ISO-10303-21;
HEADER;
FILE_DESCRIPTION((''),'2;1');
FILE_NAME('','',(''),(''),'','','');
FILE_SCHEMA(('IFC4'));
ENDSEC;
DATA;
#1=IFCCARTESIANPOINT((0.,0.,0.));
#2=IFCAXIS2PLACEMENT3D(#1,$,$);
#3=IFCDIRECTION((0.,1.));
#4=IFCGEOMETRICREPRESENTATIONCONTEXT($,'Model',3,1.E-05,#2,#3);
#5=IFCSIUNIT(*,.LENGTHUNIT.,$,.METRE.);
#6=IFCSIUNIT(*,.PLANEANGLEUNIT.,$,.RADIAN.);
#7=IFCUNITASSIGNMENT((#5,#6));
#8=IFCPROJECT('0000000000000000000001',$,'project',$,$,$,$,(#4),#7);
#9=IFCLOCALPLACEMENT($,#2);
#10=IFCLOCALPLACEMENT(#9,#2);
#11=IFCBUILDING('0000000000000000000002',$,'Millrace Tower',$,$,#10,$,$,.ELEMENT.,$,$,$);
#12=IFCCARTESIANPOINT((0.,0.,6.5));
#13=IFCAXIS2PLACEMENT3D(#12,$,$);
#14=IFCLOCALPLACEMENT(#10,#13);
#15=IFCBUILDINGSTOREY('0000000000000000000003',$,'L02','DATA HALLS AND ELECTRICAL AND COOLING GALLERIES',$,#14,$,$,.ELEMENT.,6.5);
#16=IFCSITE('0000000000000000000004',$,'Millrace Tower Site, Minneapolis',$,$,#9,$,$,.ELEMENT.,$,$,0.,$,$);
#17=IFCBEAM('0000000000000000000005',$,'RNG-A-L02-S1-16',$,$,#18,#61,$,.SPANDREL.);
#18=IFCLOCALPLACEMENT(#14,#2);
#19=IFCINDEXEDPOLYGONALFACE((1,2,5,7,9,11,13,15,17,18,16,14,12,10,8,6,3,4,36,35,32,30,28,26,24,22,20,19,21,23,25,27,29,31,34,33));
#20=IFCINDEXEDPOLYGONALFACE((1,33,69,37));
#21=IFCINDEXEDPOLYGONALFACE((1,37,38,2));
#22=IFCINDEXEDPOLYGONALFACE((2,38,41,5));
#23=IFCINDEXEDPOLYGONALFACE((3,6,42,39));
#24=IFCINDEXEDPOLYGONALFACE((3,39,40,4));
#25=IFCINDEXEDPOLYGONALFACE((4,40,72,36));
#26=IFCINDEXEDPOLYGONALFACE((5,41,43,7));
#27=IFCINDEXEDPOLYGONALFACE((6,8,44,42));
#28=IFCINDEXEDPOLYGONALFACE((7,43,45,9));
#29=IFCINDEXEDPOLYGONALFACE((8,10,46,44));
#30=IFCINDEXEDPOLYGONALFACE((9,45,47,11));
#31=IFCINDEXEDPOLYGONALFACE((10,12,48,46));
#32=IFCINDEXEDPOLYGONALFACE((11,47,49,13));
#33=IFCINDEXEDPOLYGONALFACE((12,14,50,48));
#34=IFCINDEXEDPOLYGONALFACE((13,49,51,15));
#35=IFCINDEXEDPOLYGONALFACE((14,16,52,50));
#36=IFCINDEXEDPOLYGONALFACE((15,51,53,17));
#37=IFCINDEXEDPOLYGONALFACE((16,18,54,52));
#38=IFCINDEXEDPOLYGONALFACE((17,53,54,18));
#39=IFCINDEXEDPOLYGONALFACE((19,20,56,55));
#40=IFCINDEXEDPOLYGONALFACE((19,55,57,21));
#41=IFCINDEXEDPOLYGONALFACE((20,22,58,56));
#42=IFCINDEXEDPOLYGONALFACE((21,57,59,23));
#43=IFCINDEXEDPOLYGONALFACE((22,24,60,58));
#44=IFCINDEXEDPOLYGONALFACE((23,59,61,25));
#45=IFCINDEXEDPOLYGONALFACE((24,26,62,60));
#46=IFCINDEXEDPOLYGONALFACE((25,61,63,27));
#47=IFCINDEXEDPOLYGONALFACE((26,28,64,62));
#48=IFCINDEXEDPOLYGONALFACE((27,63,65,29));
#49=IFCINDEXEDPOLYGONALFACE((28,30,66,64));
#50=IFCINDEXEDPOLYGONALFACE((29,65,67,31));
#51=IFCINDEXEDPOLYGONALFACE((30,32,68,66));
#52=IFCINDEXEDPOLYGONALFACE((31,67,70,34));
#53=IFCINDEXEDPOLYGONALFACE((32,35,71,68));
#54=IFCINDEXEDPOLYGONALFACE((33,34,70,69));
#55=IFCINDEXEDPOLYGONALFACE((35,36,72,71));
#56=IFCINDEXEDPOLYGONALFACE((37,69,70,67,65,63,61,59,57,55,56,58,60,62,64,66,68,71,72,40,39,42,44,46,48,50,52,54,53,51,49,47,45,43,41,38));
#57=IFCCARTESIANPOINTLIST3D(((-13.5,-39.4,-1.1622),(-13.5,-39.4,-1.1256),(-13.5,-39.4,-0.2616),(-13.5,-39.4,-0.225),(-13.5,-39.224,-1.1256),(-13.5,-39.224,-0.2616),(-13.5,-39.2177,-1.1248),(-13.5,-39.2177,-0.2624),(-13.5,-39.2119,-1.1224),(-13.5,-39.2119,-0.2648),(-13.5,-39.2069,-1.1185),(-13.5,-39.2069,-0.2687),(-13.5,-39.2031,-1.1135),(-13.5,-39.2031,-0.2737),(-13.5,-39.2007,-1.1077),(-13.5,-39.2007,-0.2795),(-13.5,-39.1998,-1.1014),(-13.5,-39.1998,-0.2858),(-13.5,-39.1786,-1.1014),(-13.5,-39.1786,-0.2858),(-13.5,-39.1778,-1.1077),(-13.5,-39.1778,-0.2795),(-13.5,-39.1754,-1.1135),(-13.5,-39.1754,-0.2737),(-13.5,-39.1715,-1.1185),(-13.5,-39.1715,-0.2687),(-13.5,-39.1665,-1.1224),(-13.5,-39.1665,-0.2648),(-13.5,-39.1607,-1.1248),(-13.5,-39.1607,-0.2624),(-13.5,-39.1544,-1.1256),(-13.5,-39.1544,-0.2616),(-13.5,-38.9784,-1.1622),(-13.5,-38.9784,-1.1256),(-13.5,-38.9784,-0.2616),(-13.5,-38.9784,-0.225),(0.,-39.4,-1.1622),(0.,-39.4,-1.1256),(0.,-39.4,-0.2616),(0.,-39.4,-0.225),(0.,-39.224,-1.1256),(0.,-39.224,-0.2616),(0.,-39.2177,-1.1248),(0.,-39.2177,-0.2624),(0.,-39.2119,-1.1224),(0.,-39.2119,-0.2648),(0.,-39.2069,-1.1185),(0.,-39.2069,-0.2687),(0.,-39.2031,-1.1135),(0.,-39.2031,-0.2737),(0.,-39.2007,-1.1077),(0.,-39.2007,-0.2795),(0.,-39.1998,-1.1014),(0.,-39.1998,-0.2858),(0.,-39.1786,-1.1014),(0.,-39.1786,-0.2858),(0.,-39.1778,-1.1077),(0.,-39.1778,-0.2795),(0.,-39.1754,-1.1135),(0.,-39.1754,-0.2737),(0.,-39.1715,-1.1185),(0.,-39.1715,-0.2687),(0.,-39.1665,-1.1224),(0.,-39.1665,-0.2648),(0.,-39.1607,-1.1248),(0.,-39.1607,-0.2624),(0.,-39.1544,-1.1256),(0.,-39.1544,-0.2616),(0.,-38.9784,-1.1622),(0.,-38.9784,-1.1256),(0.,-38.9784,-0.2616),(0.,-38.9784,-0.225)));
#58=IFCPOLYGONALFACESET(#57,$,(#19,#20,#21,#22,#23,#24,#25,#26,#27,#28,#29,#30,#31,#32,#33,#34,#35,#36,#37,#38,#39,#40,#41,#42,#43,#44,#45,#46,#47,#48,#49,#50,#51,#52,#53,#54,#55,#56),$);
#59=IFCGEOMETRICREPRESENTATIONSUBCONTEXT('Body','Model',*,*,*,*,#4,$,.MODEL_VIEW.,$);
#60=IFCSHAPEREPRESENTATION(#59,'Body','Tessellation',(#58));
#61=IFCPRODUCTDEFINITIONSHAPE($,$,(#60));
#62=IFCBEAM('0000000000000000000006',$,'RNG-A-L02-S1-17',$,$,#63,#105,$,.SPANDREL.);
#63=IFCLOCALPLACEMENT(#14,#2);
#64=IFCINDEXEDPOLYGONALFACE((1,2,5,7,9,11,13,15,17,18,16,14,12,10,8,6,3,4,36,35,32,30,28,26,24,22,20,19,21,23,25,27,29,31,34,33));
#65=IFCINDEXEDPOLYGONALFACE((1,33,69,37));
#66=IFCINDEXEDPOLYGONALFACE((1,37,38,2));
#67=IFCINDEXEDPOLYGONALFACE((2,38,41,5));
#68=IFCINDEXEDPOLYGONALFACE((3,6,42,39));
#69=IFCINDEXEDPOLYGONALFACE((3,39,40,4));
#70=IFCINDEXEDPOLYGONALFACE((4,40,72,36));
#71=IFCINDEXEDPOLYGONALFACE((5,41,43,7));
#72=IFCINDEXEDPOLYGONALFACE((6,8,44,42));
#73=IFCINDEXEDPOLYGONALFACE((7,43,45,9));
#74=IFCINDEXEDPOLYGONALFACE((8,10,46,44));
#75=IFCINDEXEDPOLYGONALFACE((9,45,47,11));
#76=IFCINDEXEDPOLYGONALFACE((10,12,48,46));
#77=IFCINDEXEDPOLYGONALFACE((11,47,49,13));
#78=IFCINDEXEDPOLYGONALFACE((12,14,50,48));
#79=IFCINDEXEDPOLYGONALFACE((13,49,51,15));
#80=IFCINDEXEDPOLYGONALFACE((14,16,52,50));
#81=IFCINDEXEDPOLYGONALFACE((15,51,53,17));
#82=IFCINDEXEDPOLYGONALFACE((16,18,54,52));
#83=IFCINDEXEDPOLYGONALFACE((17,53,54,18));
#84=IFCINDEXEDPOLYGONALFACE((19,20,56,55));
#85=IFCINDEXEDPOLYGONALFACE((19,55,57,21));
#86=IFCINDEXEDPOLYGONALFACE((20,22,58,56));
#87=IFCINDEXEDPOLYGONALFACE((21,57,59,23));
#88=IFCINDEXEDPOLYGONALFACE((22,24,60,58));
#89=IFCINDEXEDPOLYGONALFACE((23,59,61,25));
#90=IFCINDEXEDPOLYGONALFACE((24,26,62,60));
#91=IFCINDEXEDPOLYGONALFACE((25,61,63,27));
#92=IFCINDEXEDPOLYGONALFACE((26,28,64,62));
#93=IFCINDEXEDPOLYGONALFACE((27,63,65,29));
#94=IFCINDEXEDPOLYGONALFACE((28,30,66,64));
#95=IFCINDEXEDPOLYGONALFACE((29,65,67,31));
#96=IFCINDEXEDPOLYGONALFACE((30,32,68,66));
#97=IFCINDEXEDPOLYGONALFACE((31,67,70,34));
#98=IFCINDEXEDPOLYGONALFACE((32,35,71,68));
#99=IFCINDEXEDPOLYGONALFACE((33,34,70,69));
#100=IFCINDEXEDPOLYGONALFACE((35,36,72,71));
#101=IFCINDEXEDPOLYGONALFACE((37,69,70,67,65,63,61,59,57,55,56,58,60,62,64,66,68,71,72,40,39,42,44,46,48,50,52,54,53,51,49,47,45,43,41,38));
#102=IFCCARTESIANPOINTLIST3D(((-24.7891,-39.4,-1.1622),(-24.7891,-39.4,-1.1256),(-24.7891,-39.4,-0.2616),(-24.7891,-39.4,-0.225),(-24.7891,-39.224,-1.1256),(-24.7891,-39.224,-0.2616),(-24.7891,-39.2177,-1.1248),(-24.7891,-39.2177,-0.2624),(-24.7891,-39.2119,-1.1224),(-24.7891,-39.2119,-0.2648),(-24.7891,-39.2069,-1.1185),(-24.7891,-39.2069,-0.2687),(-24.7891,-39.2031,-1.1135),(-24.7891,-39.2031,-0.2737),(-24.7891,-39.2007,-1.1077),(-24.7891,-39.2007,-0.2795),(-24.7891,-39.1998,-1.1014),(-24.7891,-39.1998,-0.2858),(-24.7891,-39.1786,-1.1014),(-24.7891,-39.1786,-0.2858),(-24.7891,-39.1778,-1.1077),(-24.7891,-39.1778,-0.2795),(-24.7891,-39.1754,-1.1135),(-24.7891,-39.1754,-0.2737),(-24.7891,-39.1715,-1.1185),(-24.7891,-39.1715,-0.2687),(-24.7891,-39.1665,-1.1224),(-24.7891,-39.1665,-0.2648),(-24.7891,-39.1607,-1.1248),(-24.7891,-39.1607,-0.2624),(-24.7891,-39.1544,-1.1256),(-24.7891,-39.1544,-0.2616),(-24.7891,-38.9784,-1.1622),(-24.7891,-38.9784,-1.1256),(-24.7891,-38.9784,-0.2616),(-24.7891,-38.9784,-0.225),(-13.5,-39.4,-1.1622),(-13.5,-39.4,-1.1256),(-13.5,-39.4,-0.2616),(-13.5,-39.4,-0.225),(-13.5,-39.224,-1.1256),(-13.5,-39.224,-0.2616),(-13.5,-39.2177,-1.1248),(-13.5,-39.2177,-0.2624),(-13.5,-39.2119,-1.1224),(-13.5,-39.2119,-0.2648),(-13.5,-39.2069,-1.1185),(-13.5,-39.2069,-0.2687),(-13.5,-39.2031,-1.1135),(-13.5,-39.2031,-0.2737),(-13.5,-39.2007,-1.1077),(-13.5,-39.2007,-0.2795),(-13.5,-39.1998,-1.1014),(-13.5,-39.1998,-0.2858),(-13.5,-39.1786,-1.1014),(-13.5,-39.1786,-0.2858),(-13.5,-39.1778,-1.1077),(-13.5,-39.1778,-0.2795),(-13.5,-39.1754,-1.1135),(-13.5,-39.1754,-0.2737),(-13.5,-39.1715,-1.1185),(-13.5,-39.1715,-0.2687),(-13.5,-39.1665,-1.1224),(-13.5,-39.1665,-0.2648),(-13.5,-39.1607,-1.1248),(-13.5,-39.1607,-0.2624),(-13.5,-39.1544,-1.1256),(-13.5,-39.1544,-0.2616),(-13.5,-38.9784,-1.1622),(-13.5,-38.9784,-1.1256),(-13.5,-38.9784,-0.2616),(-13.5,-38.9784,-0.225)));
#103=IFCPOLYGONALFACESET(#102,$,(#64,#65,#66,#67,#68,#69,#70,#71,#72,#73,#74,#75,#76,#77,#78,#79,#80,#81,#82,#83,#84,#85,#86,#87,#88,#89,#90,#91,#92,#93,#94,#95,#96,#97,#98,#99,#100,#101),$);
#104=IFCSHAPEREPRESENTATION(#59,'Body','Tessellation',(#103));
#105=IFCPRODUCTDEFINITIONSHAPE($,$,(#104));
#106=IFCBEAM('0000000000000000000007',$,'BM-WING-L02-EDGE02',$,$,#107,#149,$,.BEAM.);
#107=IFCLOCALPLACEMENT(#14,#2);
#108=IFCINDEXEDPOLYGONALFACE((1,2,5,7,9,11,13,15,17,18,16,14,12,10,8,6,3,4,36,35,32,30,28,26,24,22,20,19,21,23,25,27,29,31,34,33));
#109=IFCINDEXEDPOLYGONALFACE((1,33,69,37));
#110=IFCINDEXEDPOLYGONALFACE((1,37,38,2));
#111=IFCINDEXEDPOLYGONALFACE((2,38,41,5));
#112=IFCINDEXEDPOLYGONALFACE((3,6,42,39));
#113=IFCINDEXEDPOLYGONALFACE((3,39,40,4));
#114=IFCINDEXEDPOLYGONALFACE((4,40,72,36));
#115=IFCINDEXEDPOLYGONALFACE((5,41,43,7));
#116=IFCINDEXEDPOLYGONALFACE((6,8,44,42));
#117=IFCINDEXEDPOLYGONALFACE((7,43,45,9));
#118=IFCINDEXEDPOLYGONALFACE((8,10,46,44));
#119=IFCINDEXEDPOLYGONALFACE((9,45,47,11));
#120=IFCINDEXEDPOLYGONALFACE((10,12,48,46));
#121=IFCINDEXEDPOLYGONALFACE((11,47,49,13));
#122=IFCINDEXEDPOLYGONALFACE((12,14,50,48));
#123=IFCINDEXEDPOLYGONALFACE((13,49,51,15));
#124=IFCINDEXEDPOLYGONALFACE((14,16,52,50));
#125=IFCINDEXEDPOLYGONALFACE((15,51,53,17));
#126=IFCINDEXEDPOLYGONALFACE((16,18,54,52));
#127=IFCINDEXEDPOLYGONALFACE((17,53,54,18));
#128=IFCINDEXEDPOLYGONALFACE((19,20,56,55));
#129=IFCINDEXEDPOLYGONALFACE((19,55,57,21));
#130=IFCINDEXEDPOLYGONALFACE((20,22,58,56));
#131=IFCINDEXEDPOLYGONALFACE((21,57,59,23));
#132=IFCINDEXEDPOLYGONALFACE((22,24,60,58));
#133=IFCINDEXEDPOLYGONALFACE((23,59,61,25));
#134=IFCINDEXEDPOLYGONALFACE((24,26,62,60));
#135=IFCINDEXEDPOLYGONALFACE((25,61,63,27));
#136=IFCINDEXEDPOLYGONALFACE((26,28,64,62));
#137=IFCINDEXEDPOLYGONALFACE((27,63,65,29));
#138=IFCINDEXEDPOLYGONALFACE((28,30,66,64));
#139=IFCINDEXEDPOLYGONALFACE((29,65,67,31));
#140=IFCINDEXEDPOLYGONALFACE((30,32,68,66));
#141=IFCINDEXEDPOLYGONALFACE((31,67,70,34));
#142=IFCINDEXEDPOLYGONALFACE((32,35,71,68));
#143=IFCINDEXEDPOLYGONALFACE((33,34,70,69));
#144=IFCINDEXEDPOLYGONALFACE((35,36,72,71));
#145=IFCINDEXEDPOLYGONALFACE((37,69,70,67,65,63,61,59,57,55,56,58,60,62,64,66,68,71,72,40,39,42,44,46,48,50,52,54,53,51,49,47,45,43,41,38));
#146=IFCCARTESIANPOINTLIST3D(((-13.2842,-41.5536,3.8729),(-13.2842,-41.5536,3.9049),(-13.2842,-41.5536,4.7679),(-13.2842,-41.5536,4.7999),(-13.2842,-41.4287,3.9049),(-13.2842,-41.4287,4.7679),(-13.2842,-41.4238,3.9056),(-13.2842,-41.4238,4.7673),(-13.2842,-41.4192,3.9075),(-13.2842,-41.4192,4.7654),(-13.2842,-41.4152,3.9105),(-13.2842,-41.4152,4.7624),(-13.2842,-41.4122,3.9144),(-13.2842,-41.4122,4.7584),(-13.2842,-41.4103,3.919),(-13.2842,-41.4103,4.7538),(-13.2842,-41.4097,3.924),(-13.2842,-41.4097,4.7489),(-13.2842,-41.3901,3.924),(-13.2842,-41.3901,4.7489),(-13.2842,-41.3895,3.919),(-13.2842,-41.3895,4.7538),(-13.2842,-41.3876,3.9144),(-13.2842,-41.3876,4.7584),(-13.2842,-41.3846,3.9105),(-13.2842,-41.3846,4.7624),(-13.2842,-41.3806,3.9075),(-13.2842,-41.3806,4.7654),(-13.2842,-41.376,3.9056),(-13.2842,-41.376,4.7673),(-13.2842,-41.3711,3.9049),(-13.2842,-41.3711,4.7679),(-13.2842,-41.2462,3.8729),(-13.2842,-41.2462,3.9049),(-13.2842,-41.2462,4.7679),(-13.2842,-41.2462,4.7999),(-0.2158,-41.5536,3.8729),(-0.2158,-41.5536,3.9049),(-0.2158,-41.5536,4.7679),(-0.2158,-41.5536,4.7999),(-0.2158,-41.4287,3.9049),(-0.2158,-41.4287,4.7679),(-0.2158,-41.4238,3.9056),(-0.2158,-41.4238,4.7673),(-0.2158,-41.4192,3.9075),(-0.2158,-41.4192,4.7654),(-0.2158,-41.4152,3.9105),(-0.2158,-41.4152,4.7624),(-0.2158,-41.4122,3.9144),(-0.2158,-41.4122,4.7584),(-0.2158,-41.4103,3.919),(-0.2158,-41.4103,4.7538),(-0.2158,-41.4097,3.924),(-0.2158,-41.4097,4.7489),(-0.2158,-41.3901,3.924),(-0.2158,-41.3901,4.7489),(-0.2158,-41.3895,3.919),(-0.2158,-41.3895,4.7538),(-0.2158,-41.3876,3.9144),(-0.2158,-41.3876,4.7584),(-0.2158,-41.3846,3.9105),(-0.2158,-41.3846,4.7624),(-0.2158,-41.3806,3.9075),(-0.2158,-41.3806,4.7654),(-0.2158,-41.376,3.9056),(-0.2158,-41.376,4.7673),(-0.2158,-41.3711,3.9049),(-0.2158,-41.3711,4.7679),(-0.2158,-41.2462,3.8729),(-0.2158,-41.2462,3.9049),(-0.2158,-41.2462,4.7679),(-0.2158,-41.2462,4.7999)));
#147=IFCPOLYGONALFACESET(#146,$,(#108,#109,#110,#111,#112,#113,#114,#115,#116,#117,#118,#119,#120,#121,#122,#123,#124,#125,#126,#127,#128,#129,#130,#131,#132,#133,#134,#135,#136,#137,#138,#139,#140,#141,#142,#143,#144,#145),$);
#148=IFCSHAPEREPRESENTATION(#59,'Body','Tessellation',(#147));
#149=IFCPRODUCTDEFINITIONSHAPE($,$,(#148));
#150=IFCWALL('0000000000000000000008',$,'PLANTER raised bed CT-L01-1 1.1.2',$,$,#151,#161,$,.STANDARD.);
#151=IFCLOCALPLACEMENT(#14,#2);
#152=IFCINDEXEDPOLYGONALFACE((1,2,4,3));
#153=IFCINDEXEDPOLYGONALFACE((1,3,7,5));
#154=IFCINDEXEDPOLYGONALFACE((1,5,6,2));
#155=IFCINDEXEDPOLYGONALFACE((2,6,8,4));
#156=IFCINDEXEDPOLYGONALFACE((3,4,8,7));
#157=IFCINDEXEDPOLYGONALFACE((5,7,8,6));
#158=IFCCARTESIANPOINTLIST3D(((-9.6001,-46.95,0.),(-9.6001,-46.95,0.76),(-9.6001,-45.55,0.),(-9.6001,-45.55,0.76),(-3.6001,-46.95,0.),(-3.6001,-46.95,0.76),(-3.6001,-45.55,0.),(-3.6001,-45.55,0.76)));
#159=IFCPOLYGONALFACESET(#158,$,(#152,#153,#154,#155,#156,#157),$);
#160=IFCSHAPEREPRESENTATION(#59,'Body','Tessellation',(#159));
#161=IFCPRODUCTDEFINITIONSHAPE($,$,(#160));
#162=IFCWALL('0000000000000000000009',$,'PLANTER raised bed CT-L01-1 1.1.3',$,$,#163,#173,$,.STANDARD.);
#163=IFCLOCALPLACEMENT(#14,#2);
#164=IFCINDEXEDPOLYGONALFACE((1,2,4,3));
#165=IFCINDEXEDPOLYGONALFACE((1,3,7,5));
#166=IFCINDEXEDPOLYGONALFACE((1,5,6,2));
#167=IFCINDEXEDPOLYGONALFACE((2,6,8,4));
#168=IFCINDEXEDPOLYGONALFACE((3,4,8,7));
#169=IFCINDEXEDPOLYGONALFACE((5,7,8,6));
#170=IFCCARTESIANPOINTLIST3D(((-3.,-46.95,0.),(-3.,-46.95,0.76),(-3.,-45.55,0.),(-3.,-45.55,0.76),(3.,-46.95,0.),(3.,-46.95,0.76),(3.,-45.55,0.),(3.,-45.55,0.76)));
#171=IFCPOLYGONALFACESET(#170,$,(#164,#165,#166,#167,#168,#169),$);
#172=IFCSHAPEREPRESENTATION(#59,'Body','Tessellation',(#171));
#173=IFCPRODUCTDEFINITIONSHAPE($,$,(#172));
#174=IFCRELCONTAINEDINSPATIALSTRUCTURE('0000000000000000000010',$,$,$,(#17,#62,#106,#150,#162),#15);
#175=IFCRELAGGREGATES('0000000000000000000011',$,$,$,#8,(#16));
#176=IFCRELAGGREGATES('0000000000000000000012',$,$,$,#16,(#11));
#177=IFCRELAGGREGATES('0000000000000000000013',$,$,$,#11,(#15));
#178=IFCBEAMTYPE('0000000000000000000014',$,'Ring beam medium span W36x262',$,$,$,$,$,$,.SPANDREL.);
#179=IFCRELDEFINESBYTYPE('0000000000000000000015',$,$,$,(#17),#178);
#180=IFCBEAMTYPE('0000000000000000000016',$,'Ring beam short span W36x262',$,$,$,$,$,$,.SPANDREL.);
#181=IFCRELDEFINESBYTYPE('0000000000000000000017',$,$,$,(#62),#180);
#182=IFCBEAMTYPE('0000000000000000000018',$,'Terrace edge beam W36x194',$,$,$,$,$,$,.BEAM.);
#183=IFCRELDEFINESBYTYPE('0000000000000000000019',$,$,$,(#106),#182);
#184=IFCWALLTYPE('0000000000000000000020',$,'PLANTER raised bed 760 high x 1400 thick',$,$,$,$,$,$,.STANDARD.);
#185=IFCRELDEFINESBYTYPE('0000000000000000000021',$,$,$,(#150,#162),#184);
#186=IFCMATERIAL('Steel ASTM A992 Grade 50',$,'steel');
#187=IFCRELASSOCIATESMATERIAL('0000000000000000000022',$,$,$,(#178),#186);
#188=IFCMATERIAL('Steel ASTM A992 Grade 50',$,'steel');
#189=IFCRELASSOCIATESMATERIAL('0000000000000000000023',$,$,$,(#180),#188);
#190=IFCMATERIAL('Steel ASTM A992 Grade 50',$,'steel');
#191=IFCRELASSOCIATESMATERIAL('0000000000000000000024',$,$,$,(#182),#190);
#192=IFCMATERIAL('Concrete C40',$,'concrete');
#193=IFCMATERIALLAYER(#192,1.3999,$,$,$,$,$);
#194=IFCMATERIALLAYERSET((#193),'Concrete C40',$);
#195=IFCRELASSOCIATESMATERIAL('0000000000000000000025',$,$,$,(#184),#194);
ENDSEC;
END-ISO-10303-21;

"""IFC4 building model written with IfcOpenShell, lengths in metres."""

from ifc_helpers import new_model, si_unit, direction, frame, frame_2d, origin, origin_2d, place, context, subcontext, project, spatial, rectangle, i_section, extrude, material, layer, layer_set, material_profile, profile_set, type_object, element, save


model = new_model("IFC4")

# Units and contexts
model_context = context("Model", 3, precision=1e-05, world=origin(), true_north=direction((0.0, 1.0)))
body_context = subcontext(model_context, "Body", "Model", "MODEL_VIEW")
ifc_project = project(units=[si_unit("LENGTHUNIT", "METRE"), si_unit("PLANEANGLEUNIT", "RADIAN")], contexts=[model_context])

# Site, building, storey
site_placement = place(None, origin())
site = spatial("IfcSite", under=ifc_project, at=site_placement, Name="Millrace Tower Site, Minneapolis", CompositionType="ELEMENT", RefElevation=0.0)
building_placement = place(site_placement, origin())
building = spatial("IfcBuilding", under=site, at=building_placement, Name="Millrace Tower", CompositionType="ELEMENT")
storey_placement = place(building_placement, frame((0.0, 0.0, 6.5)))
storey = spatial("IfcBuildingStorey", under=building, at=storey_placement, Name="L02", Description="DATA HALLS AND ELECTRICAL AND COOLING GALLERIES", CompositionType="ELEMENT", Elevation=6.5)

# Beams
ifc_material_1 = material(Name="Steel ASTM A992 Grade 50", Category="steel")
ifc_material_profile_1 = material_profile(ifc_material_1, i_section(OverallWidth=0.4216, OverallDepth=0.9373, WebThickness=0.0212, FlangeThickness=0.0366, FilletRadius=0.0242, at=origin_2d()))
ifc_profile_set_1 = profile_set([ifc_material_profile_1], Name="Steel ASTM A992 Grade 50")
beam_type_1 = type_object("IfcBeamType", Name="Ring beam medium span W36x262", PredefinedType="SPANDREL", material=ifc_profile_set_1)
beam_1_placement = place(storey_placement, frame((0.0, -39.1892, -0.6936), z_axis=(-1.0, 0.0, 0.0), x_axis=(0.0, -1.0, 0.0)))
element("IfcBeam", 1, at=beam_1_placement, inside=storey, type_object=beam_type_1, Name="RNG-A-L02-S1-16", PredefinedType="SPANDREL", context=body_context, shape_type="SweptSolid", body=[
    extrude(i_section(OverallWidth=0.4216, OverallDepth=0.9373, WebThickness=0.0212, FlangeThickness=0.0366, FilletRadius=0.0242, at=origin_2d()), origin(), (0.0, 0.0, 1.0), 13.5),
])
ifc_material_2 = material(Name="Steel ASTM A992 Grade 50", Category="steel")
ifc_material_profile_2 = material_profile(ifc_material_2, i_section(OverallWidth=0.4216, OverallDepth=0.9373, WebThickness=0.0212, FlangeThickness=0.0366, FilletRadius=0.0242, at=origin_2d()))
ifc_profile_set_2 = profile_set([ifc_material_profile_2], Name="Steel ASTM A992 Grade 50")
beam_type_2 = type_object("IfcBeamType", Name="Ring beam short span W36x262", PredefinedType="SPANDREL", material=ifc_profile_set_2)
beam_2_placement = place(storey_placement, frame((-13.5, -39.1892, -0.6936), z_axis=(-1.0, 0.0, 0.0), x_axis=(0.0, -1.0, 0.0)))
element("IfcBeam", 2, at=beam_2_placement, inside=storey, type_object=beam_type_2, Name="RNG-A-L02-S1-17", PredefinedType="SPANDREL", context=body_context, shape_type="SweptSolid", body=[
    extrude(i_section(OverallWidth=0.4216, OverallDepth=0.9373, WebThickness=0.0212, FlangeThickness=0.0366, FilletRadius=0.0242, at=origin_2d()), origin(), (0.0, 0.0, 1.0), 11.2891),
])
ifc_material_3 = material(Name="Steel ASTM A992 Grade 50", Category="steel")
ifc_material_profile_3 = material_profile(ifc_material_3, i_section(OverallWidth=0.3074, OverallDepth=0.927, WebThickness=0.0195, FlangeThickness=0.032, FilletRadius=0.019, at=origin_2d()))
ifc_profile_set_3 = profile_set([ifc_material_profile_3], Name="Steel ASTM A992 Grade 50")
beam_type_3 = type_object("IfcBeamType", Name="Terrace edge beam W36x194", PredefinedType="BEAM", material=ifc_profile_set_3)
beam_3_placement = place(storey_placement, frame((-13.2842, -41.3999, 4.3364), z_axis=(1.0, 0.0, 0.0), x_axis=(0.0, 1.0, 0.0)))
element("IfcBeam", 3, at=beam_3_placement, inside=storey, type_object=beam_type_3, Name="BM-WING-L02-EDGE02", PredefinedType="BEAM", context=body_context, shape_type="SweptSolid", body=[
    extrude(i_section(OverallWidth=0.3074, OverallDepth=0.927, WebThickness=0.0195, FlangeThickness=0.032, FilletRadius=0.019, at=origin_2d()), origin(), (0.0, 0.0, 1.0), 13.0684),
])

# Walls
ifc_material_4 = material(Name="Concrete C40", Category="concrete")
ifc_layer_1 = layer(ifc_material_4, 1.3999)
ifc_layer_set_1 = layer_set([ifc_layer_1], Name="Concrete C40")
wall_type = type_object("IfcWallType", Name="PLANTER raised bed 760 high x 1400 thick", PredefinedType="STANDARD", material=ifc_layer_set_1)
for number, where, z_axis, x_axis, name in (
    (4, (-9.6001, -46.25, 0.0), (0.0, 0.0, 1.0), (1.0, 0.0, 0.0), "PLANTER raised bed CT-L01-1 1.1.2"),
    (5, (-3.0, -46.25, 0.0), (0.0, 0.0, 1.0), (1.0, 0.0, 0.0), "PLANTER raised bed CT-L01-1 1.1.3"),
):
    element("IfcWall", number, at=place(storey_placement, frame(where, z_axis=z_axis, x_axis=x_axis)), inside=storey, type_object=wall_type, Name=name, PredefinedType="STANDARD", context=body_context, shape_type="SweptSolid", body=[
        extrude(rectangle(XDim=6.0, YDim=1.3999, at=frame_2d((3.0, 0.0))), origin(), (0.0, 0.0, 1.0), 0.76),
    ])

save(model, "model.ifc")
